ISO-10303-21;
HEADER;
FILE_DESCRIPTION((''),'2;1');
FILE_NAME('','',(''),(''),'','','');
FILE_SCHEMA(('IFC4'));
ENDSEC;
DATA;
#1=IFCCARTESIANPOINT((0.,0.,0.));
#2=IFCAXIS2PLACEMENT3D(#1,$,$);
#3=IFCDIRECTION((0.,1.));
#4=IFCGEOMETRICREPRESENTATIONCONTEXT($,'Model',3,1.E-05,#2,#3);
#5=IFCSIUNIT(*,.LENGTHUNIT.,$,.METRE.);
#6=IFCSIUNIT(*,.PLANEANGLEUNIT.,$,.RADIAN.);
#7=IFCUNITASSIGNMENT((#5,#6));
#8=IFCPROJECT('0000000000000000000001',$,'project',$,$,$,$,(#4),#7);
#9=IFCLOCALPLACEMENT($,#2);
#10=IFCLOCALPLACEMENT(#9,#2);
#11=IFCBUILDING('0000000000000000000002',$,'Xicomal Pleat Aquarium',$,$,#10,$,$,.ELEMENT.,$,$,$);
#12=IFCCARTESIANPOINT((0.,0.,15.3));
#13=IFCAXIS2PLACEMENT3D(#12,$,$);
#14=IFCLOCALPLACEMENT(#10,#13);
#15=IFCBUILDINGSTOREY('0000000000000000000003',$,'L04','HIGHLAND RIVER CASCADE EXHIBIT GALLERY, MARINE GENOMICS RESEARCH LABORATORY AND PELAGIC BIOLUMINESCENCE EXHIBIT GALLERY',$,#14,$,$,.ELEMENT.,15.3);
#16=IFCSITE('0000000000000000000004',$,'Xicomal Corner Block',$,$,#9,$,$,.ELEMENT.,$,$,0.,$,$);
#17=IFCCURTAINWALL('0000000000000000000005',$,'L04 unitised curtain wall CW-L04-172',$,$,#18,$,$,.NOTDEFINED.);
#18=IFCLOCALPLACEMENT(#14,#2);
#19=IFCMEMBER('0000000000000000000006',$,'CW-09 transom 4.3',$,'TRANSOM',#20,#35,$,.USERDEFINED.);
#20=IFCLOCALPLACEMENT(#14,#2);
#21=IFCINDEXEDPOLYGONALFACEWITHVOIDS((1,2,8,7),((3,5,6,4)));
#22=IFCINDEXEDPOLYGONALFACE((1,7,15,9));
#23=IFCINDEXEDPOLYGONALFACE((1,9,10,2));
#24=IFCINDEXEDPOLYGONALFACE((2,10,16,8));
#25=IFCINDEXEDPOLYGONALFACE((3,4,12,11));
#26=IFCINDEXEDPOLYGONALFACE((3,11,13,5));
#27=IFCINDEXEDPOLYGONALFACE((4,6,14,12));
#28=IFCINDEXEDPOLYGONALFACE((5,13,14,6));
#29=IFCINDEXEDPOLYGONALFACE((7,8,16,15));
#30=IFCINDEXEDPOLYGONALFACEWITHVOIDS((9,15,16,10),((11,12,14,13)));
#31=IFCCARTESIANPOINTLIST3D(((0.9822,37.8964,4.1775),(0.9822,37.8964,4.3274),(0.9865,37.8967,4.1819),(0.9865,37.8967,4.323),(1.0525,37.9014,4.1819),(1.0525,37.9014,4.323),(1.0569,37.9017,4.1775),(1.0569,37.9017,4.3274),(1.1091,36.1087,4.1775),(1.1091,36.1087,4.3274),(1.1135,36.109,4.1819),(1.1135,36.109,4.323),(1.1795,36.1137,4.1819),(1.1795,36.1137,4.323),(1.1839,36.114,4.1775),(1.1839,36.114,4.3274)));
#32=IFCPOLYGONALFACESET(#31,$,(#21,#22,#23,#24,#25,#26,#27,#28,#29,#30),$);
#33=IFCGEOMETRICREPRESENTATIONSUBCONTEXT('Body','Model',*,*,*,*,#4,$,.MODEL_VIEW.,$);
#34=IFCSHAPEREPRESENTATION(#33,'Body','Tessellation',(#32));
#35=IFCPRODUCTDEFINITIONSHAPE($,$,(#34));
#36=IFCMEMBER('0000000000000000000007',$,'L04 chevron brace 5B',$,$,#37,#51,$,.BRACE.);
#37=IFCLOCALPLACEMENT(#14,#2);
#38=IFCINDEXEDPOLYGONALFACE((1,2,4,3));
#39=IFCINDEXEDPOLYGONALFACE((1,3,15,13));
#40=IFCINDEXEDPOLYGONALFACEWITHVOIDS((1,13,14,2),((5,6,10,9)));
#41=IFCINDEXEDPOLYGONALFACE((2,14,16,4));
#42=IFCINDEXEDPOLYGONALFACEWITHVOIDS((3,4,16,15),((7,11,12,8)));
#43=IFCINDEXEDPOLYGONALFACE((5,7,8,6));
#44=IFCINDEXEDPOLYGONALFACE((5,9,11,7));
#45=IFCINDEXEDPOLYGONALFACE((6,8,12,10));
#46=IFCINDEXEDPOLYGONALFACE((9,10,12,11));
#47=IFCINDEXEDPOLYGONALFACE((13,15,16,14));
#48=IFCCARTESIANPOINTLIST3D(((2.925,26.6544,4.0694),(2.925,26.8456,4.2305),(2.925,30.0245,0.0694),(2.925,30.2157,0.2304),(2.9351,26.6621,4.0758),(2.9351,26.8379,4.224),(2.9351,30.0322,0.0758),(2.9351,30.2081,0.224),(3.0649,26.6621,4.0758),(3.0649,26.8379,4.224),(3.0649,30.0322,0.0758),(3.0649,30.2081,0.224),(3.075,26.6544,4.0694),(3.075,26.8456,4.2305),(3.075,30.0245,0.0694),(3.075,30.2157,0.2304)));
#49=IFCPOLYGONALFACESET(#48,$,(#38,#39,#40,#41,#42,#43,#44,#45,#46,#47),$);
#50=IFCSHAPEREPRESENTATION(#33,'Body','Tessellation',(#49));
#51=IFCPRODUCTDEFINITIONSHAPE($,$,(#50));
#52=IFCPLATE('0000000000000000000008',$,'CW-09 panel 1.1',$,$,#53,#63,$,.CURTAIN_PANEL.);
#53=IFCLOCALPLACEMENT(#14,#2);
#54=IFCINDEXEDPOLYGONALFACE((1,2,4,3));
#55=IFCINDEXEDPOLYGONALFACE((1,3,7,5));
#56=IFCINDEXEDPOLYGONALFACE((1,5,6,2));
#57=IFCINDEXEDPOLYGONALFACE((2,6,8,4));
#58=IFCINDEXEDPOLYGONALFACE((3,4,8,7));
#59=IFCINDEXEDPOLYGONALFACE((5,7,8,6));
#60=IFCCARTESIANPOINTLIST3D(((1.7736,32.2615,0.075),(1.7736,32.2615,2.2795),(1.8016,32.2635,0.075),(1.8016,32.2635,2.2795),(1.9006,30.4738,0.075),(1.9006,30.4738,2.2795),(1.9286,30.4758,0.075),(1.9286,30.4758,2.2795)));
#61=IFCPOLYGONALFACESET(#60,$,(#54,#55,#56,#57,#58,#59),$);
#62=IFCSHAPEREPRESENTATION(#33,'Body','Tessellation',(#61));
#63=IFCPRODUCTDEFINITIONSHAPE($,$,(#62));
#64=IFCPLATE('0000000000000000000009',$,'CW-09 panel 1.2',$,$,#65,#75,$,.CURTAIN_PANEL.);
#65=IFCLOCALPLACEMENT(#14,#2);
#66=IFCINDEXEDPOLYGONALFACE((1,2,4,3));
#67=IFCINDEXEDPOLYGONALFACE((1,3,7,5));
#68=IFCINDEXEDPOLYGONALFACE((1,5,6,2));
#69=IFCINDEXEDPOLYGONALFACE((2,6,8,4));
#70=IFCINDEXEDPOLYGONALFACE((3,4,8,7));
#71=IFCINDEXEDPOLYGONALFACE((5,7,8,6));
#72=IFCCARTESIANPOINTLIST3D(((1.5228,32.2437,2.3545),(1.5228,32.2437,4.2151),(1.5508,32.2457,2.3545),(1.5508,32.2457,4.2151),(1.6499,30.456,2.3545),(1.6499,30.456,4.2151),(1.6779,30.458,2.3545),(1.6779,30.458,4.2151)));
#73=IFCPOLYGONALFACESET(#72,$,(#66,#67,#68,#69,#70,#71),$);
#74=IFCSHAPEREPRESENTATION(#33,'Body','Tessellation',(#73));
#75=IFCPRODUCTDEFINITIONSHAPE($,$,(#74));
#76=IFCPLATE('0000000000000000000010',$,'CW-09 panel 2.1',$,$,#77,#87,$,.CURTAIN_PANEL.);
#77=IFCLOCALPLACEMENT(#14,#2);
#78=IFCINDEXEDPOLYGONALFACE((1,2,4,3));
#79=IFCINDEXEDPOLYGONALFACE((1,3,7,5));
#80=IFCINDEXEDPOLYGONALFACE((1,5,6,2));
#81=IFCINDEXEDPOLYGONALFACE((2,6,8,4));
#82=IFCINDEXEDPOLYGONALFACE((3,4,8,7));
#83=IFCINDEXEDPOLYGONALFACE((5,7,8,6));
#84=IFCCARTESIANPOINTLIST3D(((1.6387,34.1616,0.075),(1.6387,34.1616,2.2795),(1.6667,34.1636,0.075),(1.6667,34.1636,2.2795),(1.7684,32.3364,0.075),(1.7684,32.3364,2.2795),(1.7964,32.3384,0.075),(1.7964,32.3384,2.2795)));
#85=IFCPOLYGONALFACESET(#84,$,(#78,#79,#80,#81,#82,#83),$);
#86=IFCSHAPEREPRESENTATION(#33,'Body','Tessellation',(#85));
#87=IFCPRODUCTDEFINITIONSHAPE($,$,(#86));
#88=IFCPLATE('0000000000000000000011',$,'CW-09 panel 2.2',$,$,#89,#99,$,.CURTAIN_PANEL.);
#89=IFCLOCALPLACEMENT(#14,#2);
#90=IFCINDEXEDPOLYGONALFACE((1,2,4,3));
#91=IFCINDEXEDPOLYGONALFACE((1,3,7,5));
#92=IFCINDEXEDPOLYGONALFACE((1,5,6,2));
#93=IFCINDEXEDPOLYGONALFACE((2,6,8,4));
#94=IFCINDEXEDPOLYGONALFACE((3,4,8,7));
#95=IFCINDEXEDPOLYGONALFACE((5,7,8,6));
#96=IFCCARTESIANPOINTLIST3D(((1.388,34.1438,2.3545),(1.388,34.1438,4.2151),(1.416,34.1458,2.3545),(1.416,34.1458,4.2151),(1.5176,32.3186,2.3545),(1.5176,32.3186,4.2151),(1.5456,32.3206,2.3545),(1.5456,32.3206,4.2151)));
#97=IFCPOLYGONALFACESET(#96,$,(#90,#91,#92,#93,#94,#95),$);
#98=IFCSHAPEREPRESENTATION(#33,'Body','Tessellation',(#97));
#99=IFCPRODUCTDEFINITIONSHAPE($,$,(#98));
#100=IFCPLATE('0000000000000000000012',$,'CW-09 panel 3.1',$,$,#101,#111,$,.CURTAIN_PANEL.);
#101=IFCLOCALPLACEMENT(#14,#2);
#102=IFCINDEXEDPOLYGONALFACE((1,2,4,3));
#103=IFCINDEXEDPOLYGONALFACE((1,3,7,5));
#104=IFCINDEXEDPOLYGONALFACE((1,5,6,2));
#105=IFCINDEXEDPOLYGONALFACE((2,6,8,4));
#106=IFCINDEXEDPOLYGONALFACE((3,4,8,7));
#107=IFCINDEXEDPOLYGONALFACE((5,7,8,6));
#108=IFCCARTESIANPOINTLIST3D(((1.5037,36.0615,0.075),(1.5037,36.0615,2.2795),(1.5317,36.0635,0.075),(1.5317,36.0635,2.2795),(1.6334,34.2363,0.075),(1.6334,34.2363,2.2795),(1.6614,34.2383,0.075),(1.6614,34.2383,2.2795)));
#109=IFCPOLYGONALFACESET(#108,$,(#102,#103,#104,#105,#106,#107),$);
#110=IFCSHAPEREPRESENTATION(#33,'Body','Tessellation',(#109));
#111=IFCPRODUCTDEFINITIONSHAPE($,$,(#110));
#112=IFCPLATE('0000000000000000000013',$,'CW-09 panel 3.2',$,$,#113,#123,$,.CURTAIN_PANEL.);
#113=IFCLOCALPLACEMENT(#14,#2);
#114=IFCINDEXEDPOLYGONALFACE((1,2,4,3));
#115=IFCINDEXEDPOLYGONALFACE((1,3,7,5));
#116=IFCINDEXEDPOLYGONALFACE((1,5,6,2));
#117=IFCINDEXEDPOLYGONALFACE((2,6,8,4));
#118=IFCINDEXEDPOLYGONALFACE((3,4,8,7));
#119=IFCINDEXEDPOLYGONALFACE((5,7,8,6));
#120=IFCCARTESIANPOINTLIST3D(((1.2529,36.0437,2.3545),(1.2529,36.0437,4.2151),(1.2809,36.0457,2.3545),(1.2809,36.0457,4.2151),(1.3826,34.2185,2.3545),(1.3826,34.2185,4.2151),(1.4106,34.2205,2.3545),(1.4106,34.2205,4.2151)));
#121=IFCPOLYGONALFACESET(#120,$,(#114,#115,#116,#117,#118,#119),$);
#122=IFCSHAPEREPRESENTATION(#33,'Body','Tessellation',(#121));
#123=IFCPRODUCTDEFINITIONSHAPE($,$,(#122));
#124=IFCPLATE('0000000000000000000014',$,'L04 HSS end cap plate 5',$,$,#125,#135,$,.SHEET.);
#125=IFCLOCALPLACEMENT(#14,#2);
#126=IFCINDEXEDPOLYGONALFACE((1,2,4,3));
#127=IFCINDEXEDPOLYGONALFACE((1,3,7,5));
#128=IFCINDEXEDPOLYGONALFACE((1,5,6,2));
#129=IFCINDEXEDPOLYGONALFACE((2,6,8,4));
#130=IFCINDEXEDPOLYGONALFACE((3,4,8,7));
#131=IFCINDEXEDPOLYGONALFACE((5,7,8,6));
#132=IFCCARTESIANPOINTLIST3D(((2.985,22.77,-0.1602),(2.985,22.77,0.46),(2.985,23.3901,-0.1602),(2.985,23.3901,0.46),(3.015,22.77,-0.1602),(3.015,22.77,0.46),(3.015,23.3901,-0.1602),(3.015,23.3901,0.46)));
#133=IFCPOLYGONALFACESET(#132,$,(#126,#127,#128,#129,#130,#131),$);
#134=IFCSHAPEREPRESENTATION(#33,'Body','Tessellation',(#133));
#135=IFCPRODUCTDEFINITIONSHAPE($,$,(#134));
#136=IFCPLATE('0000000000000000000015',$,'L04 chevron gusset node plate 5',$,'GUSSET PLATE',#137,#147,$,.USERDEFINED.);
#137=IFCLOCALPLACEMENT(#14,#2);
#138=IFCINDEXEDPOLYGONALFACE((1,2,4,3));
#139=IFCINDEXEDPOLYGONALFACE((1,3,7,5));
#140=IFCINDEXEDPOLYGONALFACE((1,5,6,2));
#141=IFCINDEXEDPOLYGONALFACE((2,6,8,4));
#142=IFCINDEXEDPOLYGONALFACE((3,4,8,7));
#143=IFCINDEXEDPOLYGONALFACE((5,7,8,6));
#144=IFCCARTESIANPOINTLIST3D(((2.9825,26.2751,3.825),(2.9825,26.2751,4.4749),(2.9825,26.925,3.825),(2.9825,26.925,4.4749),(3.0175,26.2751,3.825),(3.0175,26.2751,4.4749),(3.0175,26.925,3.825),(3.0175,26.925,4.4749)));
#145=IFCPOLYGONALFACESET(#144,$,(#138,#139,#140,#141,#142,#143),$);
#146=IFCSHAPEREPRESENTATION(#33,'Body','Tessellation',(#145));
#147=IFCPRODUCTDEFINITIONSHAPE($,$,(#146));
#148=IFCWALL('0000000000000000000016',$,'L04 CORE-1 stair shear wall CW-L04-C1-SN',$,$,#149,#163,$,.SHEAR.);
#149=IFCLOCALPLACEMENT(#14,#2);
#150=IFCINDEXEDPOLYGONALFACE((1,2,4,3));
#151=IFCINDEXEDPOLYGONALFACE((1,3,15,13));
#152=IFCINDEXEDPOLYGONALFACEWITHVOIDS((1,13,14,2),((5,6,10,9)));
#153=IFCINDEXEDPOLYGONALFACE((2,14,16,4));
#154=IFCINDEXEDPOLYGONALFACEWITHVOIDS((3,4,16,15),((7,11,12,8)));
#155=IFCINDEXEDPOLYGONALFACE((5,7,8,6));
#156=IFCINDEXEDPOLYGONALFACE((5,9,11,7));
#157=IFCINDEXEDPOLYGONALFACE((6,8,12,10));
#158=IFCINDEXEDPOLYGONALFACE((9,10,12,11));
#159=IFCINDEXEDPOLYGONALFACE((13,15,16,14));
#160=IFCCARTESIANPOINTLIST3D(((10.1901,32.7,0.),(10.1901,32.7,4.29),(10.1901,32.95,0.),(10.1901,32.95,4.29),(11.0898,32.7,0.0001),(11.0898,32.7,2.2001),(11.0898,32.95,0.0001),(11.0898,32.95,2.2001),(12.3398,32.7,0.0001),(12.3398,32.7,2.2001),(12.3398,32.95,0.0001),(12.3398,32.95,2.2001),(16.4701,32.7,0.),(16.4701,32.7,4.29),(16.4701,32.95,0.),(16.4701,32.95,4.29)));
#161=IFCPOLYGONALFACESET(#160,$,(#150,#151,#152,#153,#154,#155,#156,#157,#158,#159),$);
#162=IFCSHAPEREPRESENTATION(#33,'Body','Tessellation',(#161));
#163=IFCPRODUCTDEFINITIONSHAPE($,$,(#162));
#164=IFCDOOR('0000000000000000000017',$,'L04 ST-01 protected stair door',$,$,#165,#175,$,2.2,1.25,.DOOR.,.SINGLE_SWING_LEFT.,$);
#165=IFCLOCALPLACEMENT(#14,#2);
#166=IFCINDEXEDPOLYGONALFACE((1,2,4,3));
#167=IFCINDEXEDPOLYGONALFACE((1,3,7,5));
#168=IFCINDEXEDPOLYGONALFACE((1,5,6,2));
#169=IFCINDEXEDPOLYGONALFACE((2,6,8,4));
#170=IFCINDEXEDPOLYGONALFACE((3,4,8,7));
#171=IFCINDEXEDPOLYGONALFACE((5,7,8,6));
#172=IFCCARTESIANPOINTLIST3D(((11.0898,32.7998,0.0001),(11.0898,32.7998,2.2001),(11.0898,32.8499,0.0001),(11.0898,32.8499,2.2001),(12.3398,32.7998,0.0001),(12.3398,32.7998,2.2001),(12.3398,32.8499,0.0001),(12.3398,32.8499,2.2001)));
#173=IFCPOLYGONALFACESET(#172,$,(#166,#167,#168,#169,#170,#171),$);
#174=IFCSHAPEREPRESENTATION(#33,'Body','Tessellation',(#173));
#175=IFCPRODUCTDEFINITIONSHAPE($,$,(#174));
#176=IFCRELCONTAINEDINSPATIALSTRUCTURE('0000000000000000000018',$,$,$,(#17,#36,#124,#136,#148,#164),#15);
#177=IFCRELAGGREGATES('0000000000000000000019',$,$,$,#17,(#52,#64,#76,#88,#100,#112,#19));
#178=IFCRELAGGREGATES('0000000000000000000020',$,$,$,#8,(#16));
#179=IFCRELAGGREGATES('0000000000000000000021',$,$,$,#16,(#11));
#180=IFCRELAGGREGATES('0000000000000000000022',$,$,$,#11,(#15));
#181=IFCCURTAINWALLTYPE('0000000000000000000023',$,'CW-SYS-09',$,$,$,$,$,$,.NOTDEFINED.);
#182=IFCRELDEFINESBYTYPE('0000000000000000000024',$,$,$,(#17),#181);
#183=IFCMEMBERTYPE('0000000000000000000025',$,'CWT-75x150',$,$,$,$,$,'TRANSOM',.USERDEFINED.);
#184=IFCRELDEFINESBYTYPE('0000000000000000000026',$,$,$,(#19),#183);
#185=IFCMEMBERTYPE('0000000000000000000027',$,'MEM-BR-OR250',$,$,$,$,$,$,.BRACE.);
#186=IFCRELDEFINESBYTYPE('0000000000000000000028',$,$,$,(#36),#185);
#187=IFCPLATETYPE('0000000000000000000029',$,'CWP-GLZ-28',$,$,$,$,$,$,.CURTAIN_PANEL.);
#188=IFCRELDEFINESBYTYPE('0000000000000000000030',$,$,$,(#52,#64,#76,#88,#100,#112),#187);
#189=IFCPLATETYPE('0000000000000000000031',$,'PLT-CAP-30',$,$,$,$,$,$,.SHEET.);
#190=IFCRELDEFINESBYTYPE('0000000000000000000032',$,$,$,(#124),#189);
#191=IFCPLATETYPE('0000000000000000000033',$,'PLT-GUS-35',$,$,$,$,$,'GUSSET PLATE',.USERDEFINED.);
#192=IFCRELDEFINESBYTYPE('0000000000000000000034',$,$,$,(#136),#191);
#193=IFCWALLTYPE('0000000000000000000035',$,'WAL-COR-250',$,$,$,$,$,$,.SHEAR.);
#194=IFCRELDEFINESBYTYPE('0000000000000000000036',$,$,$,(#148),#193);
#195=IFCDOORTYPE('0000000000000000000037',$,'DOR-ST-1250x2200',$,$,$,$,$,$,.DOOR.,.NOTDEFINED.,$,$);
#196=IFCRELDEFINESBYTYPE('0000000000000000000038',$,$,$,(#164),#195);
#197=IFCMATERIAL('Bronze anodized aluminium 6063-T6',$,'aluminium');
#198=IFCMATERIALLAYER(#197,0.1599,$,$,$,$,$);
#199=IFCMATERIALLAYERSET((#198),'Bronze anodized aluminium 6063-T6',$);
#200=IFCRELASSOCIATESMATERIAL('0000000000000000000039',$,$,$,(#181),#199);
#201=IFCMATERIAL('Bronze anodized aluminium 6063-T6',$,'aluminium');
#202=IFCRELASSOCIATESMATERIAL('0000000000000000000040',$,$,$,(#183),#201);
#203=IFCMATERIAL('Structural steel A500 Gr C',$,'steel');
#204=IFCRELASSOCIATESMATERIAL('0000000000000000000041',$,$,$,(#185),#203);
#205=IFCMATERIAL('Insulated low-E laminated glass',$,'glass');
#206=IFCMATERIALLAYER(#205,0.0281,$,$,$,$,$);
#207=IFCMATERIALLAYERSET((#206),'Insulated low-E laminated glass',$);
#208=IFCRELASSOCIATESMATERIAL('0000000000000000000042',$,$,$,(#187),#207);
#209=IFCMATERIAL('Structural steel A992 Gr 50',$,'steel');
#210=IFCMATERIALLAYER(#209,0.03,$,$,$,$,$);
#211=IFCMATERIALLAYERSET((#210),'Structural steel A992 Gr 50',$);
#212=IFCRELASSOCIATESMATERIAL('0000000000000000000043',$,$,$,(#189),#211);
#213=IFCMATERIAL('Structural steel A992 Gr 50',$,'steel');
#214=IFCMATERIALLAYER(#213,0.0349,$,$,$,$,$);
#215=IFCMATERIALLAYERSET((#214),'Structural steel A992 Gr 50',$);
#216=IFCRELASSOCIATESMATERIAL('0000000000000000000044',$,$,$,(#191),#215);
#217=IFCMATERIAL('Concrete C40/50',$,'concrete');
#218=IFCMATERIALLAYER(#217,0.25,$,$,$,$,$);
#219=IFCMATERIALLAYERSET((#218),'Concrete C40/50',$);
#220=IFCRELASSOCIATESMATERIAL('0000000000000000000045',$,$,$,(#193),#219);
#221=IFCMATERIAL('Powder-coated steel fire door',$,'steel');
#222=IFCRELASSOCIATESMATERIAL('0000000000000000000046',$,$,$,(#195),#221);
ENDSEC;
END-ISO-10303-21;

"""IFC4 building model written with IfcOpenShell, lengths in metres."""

from ifc_helpers import new_model, si_unit, direction, frame, frame_2d, origin, origin_2d, place, context, subcontext, project, spatial, rectangle, hollow_rectangle, extrude, material, layer, layer_set, material_profile, profile_set, type_object, element, fill, aggregate, save


model = new_model("IFC4")

# Units and contexts
model_context = context("Model", 3, precision=1e-05, world=origin(), true_north=direction((0.0, 1.0)))
body_context = subcontext(model_context, "Body", "Model", "MODEL_VIEW")
ifc_project = project(units=[si_unit("LENGTHUNIT", "METRE"), si_unit("PLANEANGLEUNIT", "RADIAN")], contexts=[model_context])

# Site, building, storey
site_placement = place(None, origin())
site = spatial("IfcSite", under=ifc_project, at=site_placement, Name="Xicomal Corner Block", CompositionType="ELEMENT", RefElevation=0.0)
building_placement = place(site_placement, origin())
building = spatial("IfcBuilding", under=site, at=building_placement, Name="Xicomal Pleat Aquarium", CompositionType="ELEMENT")
storey_placement = place(building_placement, frame((0.0, 0.0, 15.3)))
storey = spatial("IfcBuildingStorey", under=building, at=storey_placement, Name="L04", Description="HIGHLAND RIVER CASCADE EXHIBIT GALLERY, MARINE GENOMICS RESEARCH LABORATORY AND PELAGIC BIOLUMINESCENCE EXHIBIT GALLERY", CompositionType="ELEMENT", Elevation=15.3)

# Curtain wall, member
ifc_material_1 = material(Name="Bronze anodized aluminium 6063-T6", Category="aluminium")
ifc_layer_1 = layer(ifc_material_1, 0.1599)
ifc_layer_set_1 = layer_set([ifc_layer_1], Name="Bronze anodized aluminium 6063-T6")
curtain_wall_type = type_object("IfcCurtainWallType", Name="CW-SYS-09", PredefinedType="NOTDEFINED", material=ifc_layer_set_1)
curtain_wall_placement = place(storey_placement, origin())
curtain_wall = element("IfcCurtainWall", 1, at=curtain_wall_placement, inside=storey, type_object=curtain_wall_type, Name="L04 unitised curtain wall CW-L04-172", PredefinedType="NOTDEFINED")
ifc_material_2 = material(Name="Bronze anodized aluminium 6063-T6", Category="aluminium")
ifc_material_profile_1 = material_profile(ifc_material_2, hollow_rectangle(XDim=0.075, YDim=0.1499, WallThickness=0.0044, at=origin_2d()), Name="ALU TRAN 75x150")
ifc_profile_set_1 = profile_set([ifc_material_profile_1], Name="Bronze anodized aluminium 6063-T6")
member_type_1 = type_object("IfcMemberType", Name="CWT-75x150", ElementType="TRANSOM", PredefinedType="USERDEFINED", material=ifc_profile_set_1)
member_1_placement = place(storey_placement, frame((1.1465, 36.1113, 4.2524), z_axis=(-0.070831, 0.997488, 0.0), x_axis=(-0.997488, -0.070831, 0.0)))
member_1 = element("IfcMember", 2, at=member_1_placement, type_object=member_type_1, Name="CW-09 transom 4.3", ObjectType="TRANSOM", PredefinedType="USERDEFINED", context=body_context, shape_type="SweptSolid", body=[
    extrude(hollow_rectangle(XDim=0.075, YDim=0.1499, WallThickness=0.0044, at=origin_2d()), origin(), (0.0, 0.0, 1.0), 1.7922),
])

# Member
ifc_material_3 = material(Name="Structural steel A500 Gr C", Category="steel")
ifc_material_profile_2 = material_profile(ifc_material_3, hollow_rectangle(XDim=0.1499, YDim=0.25, WallThickness=0.01, at=origin_2d()), Name="OR 250x150x10")
ifc_profile_set_2 = profile_set([ifc_material_profile_2], Name="Structural steel A500 Gr C")
member_type_2 = type_object("IfcMemberType", Name="MEM-BR-OR250", PredefinedType="BRACE", material=ifc_profile_set_2)
member_2_placement = place(storey_placement, frame((3.0, 30.1201, 0.1499), z_axis=(0.0, -0.644325, 0.764751), x_axis=(1.0, 0.0, 0.0)))
element("IfcMember", 3, at=member_2_placement, inside=storey, type_object=member_type_2, Name="L04 chevron brace 5B", PredefinedType="BRACE", context=body_context, shape_type="SweptSolid", body=[
    extrude(hollow_rectangle(XDim=0.1499, YDim=0.25, WallThickness=0.01, at=origin_2d()), origin(), (0.0, 0.0, 1.0), 5.2305),
])

# Plates
ifc_material_4 = material(Name="Insulated low-E laminated glass", Category="glass")
ifc_layer_2 = layer(ifc_material_4, 0.0281)
ifc_layer_set_2 = layer_set([ifc_layer_2], Name="Insulated low-E laminated glass")
plate_type_1 = type_object("IfcPlateType", Name="CWP-GLZ-28", PredefinedType="CURTAIN_PANEL", material=ifc_layer_set_2)
plate_1_placement = place(storey_placement, frame((1.8511, 31.3687, 0.075), z_axis=(0.0, 0.0, 1.0), x_axis=(-0.070874, 0.997485, 0.0)))
plate_1 = element("IfcPlate", 4, at=plate_1_placement, type_object=plate_type_1, Name="CW-09 panel 1.1", PredefinedType="CURTAIN_PANEL", context=body_context, shape_type="SweptSolid", body=[
    extrude(rectangle(XDim=1.7922, YDim=0.0281, at=origin_2d()), origin(), (0.0, 0.0, 1.0), 2.2046),
])
plate_2_placement = place(storey_placement, frame((1.6003, 31.3508, 2.3545), z_axis=(0.0, 0.0, 1.0), x_axis=(-0.070874, 0.997485, 0.0)))
plate_2 = element("IfcPlate", 5, at=plate_2_placement, type_object=plate_type_1, Name="CW-09 panel 1.2", PredefinedType="CURTAIN_PANEL", context=body_context, shape_type="SweptSolid", body=[
    extrude(rectangle(XDim=1.7922, YDim=0.0281, at=origin_2d()), origin(), (0.0, 0.0, 1.0), 1.8606),
])
plate_3_placement = place(storey_placement, frame((1.7175, 33.25, 0.075), z_axis=(0.0, 0.0, 1.0), x_axis=(-0.070874, 0.997485, 0.0)))
plate_3 = element("IfcPlate", 6, at=plate_3_placement, type_object=plate_type_1, Name="CW-09 panel 2.1", PredefinedType="CURTAIN_PANEL", context=body_context, shape_type="SweptSolid", body=[
    extrude(rectangle(XDim=1.8298, YDim=0.0281, at=origin_2d()), origin(), (0.0, 0.0, 1.0), 2.2046),
])
plate_4_placement = place(storey_placement, frame((1.4668, 33.2322, 2.3545), z_axis=(0.0, 0.0, 1.0), x_axis=(-0.070874, 0.997485, 0.0)))
plate_4 = element("IfcPlate", 7, at=plate_4_placement, type_object=plate_type_1, Name="CW-09 panel 2.2", PredefinedType="CURTAIN_PANEL", context=body_context, shape_type="SweptSolid", body=[
    extrude(rectangle(XDim=1.8298, YDim=0.0281, at=origin_2d()), origin(), (0.0, 0.0, 1.0), 1.8606),
])
plate_5_placement = place(storey_placement, frame((1.5825, 35.1499, 0.075), z_axis=(0.0, 0.0, 1.0), x_axis=(-0.070874, 0.997485, 0.0)))
plate_5 = element("IfcPlate", 8, at=plate_5_placement, type_object=plate_type_1, Name="CW-09 panel 3.1", PredefinedType="CURTAIN_PANEL", context=body_context, shape_type="SweptSolid", body=[
    extrude(rectangle(XDim=1.8298, YDim=0.0281, at=origin_2d()), origin(), (0.0, 0.0, 1.0), 2.2046),
])
plate_6_placement = place(storey_placement, frame((1.3318, 35.1321, 2.3545), z_axis=(0.0, 0.0, 1.0), x_axis=(-0.070874, 0.997485, 0.0)))
plate_6 = element("IfcPlate", 9, at=plate_6_placement, type_object=plate_type_1, Name="CW-09 panel 3.2", PredefinedType="CURTAIN_PANEL", context=body_context, shape_type="SweptSolid", body=[
    extrude(rectangle(XDim=1.8298, YDim=0.0281, at=origin_2d()), origin(), (0.0, 0.0, 1.0), 1.8606),
])
aggregate(curtain_wall, [plate_1, plate_2, plate_3, plate_4, plate_5, plate_6, member_1])

# Plates
ifc_material_5 = material(Name="Structural steel A992 Gr 50", Category="steel")
ifc_layer_3 = layer(ifc_material_5, 0.03)
ifc_layer_set_3 = layer_set([ifc_layer_3], Name="Structural steel A992 Gr 50")
plate_type_2 = type_object("IfcPlateType", Name="PLT-CAP-30", PredefinedType="SHEET", material=ifc_layer_set_3)
plate_7_placement = place(storey_placement, frame((3.0, 23.0801, -0.1602), z_axis=(0.0, 0.0, 1.0), x_axis=(0.0, 1.0, 0.0)))
element("IfcPlate", 10, at=plate_7_placement, inside=storey, type_object=plate_type_2, Name="L04 HSS end cap plate 5", PredefinedType="SHEET", context=body_context, shape_type="SweptSolid", body=[
    extrude(rectangle(XDim=0.6201, YDim=0.03, at=origin_2d()), origin(), (0.0, 0.0, 1.0), 0.6201),
])
ifc_material_6 = material(Name="Structural steel A992 Gr 50", Category="steel")
ifc_layer_4 = layer(ifc_material_6, 0.0349)
ifc_layer_set_4 = layer_set([ifc_layer_4], Name="Structural steel A992 Gr 50")
plate_type_3 = type_object("IfcPlateType", Name="PLT-GUS-35", ElementType="GUSSET PLATE", PredefinedType="USERDEFINED", material=ifc_layer_set_4)
plate_8_placement = place(storey_placement, frame((3.0, 26.6001, 3.825), z_axis=(0.0, 0.0, 1.0), x_axis=(0.0, 1.0, 0.0)))
element("IfcPlate", 11, at=plate_8_placement, inside=storey, type_object=plate_type_3, Name="L04 chevron gusset node plate 5", ObjectType="GUSSET PLATE", PredefinedType="USERDEFINED", context=body_context, shape_type="SweptSolid", body=[
    extrude(rectangle(XDim=0.6499, YDim=0.0349, at=origin_2d()), origin(), (0.0, 0.0, 1.0), 0.6499),
])

# Wall, opening, door
ifc_material_7 = material(Name="Concrete C40/50", Category="concrete")
ifc_layer_5 = layer(ifc_material_7, 0.25)
ifc_layer_set_5 = layer_set([ifc_layer_5], Name="Concrete C40/50")
wall_type = type_object("IfcWallType", Name="WAL-COR-250", PredefinedType="SHEAR", material=ifc_layer_set_5)
wall_placement = place(storey_placement, frame((10.1899, 32.825, 0.0), z_axis=(0.0, 0.0, 1.0), x_axis=(1.0, 0.0, 0.0)))
wall = element("IfcWall", 12, at=wall_placement, inside=storey, type_object=wall_type, Name="L04 CORE-1 stair shear wall CW-L04-C1-SN", PredefinedType="SHEAR", context=body_context, shape_type="SweptSolid", body=[
    extrude(rectangle(XDim=6.28, YDim=0.25, at=frame_2d((3.1401, 0.0))), origin(), (0.0, 0.0, 1.0), 4.29),
])
opening_placement = place(wall_placement, frame((0.8999, 0.0, 0.0)))
opening = element("IfcOpeningElement", 13, at=opening_placement, cuts=wall, PredefinedType="OPENING", context=body_context, shape_type="SweptSolid", body=[
    extrude(rectangle(XDim=1.25, YDim=2.2, at=frame_2d((0.625, 1.1001))), frame((0.0, 0.135, 0.0), z_axis=(0.0, -1.0, 0.0), x_axis=(1.0, 0.0, 0.0)), (0.0, 0.0, 1.0), 0.27),
])
ifc_material_8 = material(Name="Powder-coated steel fire door", Category="steel")
door_type = type_object("IfcDoorType", Name="DOR-ST-1250x2200", OperationType="NOTDEFINED", PredefinedType="DOOR", material=ifc_material_8)
door_placement = place(opening_placement, origin())
door = element("IfcDoor", 14, at=door_placement, inside=storey, type_object=door_type, Name="L04 ST-01 protected stair door", OperationType="SINGLE_SWING_LEFT", OverallHeight=2.2, OverallWidth=1.25, PredefinedType="DOOR", context=body_context, shape_type="SweptSolid", body=[
    extrude(rectangle(XDim=1.25, YDim=2.2, at=frame_2d((0.625, 1.1001))), frame((0.0, 0.0249, 0.0), z_axis=(0.0, -1.0, 0.0), x_axis=(1.0, 0.0, 0.0)), (0.0, 0.0, 1.0), 0.05),
])
fill(opening, door)

save(model, "model.ifc")
